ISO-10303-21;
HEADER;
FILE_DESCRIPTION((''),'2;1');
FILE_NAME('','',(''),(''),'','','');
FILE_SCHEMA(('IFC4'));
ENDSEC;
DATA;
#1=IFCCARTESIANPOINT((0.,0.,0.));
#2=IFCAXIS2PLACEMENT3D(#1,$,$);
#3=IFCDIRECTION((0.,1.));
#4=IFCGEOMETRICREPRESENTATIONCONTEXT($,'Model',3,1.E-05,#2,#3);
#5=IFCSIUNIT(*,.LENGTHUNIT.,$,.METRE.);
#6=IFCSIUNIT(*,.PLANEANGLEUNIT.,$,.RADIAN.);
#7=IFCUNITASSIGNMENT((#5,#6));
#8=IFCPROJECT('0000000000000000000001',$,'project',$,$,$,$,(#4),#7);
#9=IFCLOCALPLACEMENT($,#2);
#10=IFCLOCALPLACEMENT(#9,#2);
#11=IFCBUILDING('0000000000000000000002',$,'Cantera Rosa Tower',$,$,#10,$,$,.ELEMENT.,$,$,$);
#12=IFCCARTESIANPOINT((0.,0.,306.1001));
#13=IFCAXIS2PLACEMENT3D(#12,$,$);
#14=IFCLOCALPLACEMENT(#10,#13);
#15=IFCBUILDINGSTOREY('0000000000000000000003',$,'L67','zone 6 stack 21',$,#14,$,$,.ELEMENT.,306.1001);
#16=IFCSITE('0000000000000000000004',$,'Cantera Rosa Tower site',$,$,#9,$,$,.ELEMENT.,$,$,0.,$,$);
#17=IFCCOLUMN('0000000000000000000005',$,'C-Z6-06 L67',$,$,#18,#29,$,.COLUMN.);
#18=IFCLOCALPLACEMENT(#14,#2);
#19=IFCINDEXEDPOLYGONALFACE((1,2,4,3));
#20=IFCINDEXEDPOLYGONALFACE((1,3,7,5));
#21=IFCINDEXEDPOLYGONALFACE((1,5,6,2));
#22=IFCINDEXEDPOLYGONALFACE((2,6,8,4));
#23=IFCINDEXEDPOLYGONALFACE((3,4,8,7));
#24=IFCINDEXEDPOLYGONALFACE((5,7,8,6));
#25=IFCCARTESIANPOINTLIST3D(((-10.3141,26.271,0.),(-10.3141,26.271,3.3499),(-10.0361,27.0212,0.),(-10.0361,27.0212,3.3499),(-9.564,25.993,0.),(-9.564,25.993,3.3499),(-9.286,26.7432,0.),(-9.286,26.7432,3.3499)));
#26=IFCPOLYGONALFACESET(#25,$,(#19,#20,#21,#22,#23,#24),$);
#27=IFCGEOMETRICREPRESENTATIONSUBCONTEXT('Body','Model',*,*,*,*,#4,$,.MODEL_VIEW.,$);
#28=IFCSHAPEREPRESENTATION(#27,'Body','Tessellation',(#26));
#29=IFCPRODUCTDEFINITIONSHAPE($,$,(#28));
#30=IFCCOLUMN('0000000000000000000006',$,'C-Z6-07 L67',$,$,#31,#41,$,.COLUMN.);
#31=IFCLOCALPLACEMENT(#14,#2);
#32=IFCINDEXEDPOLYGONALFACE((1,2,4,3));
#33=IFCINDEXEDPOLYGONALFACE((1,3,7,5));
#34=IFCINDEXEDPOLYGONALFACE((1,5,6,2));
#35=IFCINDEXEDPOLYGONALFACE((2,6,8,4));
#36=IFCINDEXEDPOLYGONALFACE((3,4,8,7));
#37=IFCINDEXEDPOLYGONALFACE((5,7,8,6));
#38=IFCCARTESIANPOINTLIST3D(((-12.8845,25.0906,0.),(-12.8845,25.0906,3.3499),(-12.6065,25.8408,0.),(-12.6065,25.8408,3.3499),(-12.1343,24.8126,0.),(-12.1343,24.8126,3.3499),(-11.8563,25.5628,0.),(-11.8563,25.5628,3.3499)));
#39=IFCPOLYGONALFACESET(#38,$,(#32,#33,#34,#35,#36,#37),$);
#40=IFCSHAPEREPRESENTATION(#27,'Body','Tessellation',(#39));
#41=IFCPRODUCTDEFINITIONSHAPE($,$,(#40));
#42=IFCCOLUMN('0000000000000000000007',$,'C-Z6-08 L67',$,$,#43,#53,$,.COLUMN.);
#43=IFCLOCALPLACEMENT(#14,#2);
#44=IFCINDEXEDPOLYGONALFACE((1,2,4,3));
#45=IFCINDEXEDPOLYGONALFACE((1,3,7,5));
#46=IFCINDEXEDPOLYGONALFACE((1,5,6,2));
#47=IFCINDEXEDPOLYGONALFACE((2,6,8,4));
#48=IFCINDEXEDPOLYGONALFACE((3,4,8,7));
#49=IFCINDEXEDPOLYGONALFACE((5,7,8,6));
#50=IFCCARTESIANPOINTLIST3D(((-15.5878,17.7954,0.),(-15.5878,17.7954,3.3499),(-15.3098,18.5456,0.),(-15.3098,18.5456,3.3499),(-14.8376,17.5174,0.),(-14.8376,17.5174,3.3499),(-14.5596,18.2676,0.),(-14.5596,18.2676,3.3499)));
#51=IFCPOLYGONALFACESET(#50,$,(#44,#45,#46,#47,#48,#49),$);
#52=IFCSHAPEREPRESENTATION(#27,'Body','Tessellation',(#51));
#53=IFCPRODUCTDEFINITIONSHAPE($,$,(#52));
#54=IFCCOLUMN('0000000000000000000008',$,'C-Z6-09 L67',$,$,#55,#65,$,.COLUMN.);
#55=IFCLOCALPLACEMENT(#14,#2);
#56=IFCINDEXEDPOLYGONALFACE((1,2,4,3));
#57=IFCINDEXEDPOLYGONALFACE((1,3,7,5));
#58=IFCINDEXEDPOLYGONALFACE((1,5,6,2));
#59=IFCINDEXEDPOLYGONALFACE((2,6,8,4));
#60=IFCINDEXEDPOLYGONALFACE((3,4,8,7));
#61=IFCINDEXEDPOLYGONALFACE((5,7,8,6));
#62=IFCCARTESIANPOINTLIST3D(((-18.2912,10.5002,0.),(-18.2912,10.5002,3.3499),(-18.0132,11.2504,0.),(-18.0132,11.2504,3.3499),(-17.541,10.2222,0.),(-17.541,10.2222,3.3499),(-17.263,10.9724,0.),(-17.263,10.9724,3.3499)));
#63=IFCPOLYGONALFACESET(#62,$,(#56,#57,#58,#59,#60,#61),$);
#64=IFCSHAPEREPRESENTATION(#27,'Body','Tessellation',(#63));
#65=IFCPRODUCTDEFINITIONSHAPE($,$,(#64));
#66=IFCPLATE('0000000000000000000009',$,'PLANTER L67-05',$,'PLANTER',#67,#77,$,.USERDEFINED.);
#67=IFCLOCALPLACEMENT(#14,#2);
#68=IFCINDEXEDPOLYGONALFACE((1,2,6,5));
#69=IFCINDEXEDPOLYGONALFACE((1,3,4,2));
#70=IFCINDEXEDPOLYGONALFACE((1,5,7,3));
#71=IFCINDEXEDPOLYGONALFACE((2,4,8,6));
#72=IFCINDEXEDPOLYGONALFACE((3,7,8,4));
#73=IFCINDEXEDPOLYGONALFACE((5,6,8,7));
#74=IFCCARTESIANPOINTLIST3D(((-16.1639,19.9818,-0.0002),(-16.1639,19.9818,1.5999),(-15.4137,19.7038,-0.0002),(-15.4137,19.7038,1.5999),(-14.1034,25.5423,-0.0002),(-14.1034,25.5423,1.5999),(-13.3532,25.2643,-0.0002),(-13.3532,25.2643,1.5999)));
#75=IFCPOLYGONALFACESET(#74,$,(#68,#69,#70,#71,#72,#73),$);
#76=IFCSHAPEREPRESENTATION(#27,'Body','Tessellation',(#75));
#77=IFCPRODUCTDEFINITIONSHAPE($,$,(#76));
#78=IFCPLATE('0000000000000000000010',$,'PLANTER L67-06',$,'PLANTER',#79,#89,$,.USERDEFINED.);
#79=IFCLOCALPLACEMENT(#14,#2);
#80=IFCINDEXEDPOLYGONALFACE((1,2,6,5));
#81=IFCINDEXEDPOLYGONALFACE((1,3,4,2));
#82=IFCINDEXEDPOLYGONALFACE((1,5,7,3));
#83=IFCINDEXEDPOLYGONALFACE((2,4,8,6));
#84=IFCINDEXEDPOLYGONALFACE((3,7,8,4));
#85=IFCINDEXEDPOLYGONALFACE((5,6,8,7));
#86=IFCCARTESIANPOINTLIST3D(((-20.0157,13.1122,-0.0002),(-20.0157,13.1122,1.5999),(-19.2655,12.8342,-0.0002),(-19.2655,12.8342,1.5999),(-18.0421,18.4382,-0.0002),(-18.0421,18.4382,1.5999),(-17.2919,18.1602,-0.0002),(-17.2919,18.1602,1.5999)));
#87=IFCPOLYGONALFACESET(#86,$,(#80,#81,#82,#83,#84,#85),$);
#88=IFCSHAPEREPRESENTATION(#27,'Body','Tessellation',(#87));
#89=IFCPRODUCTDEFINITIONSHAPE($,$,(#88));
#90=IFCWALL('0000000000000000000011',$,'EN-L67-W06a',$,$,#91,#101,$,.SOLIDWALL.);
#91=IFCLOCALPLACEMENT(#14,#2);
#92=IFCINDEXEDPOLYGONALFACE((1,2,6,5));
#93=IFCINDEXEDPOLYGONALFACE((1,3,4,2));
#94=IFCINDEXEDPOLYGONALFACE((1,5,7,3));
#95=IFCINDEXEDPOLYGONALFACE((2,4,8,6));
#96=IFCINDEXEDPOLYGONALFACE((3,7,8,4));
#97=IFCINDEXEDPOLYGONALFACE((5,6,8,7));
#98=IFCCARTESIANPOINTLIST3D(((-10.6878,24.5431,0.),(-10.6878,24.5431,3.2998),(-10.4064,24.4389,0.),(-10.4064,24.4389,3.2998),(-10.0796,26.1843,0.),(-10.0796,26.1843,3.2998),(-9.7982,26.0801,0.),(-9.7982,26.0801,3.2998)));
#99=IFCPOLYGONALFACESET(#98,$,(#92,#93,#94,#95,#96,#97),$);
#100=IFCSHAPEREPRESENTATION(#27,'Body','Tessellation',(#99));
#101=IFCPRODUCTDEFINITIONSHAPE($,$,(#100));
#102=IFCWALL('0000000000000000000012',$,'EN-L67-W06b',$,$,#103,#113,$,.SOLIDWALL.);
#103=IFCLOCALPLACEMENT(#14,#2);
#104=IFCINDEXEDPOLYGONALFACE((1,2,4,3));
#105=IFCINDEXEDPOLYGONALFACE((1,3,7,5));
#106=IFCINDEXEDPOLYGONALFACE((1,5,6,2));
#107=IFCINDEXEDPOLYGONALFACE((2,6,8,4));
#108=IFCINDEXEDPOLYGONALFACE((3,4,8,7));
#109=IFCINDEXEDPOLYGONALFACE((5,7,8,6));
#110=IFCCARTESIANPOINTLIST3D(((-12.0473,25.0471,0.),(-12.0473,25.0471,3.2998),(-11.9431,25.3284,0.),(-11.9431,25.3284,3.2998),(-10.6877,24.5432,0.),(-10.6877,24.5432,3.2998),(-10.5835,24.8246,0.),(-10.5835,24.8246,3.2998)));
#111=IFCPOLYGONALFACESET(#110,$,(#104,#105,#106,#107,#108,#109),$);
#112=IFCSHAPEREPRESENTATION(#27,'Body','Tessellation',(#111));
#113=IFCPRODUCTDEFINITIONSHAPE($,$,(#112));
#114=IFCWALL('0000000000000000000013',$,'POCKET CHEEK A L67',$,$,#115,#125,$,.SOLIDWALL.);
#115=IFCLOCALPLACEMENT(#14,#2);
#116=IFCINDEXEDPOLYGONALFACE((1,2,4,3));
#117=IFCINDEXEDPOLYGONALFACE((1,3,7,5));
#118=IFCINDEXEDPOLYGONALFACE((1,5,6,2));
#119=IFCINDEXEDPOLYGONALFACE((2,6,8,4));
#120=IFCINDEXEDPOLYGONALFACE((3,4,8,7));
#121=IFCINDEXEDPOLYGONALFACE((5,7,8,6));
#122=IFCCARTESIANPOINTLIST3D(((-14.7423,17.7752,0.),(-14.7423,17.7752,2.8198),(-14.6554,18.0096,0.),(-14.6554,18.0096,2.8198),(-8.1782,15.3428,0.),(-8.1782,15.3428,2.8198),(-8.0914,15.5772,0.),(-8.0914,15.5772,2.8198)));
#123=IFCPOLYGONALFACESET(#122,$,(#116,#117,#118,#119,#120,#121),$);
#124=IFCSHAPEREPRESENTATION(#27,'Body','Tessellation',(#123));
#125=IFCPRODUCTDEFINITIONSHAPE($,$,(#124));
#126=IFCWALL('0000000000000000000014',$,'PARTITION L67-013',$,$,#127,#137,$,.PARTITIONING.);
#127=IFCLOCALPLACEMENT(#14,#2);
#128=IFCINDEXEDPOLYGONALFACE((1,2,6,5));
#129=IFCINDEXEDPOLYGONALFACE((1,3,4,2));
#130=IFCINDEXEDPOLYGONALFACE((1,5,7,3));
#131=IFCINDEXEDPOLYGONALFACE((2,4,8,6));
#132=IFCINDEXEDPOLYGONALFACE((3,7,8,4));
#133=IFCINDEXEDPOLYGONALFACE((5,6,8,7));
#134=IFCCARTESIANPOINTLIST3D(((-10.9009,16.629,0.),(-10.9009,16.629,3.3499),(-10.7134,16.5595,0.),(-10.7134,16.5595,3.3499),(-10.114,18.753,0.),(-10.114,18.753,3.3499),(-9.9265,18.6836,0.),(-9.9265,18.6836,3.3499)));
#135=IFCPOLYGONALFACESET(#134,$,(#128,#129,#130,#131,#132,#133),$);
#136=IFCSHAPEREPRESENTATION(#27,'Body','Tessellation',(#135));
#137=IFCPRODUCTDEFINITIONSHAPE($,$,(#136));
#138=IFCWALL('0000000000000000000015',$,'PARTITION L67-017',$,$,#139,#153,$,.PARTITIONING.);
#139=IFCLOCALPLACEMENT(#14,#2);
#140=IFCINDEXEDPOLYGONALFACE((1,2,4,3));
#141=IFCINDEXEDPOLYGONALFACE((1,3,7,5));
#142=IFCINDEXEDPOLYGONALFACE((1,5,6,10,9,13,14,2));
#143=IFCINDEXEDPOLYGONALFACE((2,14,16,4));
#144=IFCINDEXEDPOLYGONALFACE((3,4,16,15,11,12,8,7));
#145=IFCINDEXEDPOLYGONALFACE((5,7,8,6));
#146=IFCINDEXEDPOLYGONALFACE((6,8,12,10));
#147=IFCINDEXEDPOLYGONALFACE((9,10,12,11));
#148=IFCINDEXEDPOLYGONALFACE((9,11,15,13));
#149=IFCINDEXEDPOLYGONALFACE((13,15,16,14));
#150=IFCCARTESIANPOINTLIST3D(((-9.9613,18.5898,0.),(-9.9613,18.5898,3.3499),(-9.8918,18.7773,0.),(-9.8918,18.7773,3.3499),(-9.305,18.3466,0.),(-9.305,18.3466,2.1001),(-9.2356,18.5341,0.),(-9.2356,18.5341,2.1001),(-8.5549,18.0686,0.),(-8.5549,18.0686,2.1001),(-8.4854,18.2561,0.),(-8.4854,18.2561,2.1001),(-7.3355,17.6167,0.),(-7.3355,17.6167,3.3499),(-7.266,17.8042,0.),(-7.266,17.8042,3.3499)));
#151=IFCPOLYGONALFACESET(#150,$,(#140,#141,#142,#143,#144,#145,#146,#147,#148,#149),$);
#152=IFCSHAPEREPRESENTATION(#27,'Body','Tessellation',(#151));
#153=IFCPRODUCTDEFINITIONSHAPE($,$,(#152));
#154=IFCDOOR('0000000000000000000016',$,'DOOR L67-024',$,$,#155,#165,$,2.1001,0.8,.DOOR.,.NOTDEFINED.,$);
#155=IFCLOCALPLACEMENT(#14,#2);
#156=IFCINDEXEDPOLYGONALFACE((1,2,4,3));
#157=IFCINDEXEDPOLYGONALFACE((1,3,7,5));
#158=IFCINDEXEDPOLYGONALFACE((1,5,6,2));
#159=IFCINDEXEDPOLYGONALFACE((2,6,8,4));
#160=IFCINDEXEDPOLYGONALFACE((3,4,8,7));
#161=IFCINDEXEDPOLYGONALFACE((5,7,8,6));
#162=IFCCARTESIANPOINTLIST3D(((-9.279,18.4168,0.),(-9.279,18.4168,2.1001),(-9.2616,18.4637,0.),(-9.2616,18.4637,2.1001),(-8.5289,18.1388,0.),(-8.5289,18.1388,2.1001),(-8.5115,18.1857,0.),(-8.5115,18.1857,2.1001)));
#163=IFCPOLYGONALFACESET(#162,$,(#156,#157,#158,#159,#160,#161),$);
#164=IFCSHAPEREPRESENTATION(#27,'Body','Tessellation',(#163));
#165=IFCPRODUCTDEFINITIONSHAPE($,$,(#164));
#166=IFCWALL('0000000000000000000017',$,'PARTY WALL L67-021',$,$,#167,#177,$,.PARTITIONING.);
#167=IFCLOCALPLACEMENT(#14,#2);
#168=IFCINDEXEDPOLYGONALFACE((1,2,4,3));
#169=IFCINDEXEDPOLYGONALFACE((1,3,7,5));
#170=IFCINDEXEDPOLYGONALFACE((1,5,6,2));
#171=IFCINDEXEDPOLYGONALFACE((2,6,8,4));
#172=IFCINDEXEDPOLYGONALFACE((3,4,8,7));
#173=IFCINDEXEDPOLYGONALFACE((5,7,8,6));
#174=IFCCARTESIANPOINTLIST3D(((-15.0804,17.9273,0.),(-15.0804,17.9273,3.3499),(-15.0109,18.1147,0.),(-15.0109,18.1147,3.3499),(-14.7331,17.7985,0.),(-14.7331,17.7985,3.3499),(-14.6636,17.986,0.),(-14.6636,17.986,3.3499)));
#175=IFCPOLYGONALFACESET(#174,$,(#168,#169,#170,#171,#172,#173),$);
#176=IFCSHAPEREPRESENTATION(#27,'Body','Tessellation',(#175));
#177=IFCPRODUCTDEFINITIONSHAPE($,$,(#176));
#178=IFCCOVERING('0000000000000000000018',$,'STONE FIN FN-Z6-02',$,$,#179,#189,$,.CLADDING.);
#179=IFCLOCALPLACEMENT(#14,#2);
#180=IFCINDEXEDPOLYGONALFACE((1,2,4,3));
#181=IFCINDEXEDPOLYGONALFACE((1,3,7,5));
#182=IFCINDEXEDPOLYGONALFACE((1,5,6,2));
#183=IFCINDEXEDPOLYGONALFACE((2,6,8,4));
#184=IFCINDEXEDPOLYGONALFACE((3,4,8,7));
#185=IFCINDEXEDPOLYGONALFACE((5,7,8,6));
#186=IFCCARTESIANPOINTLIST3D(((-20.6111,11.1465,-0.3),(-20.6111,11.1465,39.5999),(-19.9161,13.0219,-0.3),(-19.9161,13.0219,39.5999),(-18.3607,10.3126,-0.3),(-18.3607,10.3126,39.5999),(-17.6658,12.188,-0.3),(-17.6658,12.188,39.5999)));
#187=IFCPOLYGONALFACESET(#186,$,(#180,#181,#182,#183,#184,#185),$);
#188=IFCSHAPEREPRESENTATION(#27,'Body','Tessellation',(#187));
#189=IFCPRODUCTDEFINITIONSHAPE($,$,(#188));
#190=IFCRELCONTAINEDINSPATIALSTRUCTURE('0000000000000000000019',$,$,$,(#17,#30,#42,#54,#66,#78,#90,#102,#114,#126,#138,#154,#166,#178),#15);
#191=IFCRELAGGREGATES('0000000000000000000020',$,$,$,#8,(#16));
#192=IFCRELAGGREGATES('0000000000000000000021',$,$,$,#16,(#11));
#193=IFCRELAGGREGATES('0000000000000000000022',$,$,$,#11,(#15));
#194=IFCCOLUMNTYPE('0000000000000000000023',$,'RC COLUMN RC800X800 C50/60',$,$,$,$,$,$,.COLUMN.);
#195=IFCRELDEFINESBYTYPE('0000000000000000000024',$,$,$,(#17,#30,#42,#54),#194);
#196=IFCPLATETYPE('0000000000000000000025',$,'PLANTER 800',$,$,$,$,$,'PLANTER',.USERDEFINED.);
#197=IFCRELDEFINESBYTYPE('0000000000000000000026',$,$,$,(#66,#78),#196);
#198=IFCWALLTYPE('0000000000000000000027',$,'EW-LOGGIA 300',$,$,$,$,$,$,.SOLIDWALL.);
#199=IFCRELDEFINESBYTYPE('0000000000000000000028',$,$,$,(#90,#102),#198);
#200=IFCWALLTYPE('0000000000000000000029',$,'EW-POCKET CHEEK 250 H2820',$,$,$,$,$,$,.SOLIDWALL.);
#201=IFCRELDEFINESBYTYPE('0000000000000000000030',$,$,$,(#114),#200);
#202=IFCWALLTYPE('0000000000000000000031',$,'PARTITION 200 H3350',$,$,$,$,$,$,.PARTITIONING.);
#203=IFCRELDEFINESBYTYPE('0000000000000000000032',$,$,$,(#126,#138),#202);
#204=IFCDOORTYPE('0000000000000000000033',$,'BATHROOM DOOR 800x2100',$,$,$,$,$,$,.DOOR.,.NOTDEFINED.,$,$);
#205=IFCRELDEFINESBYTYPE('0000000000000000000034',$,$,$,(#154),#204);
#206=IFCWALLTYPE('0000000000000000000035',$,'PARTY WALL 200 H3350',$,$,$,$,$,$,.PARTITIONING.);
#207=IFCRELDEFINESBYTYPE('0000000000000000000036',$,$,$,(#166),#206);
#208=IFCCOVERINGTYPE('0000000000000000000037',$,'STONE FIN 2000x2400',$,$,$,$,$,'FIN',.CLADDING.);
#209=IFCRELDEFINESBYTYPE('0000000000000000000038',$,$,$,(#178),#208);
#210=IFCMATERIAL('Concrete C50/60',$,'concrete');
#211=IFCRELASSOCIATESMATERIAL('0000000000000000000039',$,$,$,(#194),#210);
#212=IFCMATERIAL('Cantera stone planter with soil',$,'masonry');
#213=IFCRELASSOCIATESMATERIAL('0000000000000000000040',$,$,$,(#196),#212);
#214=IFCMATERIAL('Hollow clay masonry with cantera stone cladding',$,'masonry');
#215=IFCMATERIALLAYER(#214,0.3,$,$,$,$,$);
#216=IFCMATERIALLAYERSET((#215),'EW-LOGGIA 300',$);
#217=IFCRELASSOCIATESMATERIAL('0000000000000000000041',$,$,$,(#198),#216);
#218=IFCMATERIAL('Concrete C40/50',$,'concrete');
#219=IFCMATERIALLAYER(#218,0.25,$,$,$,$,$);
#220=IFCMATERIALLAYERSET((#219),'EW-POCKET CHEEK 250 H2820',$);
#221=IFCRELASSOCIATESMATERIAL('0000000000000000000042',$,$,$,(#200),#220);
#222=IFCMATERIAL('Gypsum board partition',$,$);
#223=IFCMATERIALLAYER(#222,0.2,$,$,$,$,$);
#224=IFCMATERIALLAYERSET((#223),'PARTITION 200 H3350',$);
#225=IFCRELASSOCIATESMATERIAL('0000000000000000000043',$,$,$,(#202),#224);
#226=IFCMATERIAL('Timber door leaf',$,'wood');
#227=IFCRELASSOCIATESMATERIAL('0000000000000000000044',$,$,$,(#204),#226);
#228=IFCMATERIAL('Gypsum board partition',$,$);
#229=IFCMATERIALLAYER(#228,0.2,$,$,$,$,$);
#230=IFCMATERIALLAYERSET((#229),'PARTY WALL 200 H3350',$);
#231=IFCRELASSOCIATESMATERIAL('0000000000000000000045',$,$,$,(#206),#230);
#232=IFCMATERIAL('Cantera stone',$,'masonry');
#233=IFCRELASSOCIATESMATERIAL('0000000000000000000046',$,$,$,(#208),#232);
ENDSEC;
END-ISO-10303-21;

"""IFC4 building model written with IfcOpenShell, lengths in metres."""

from ifc_helpers import new_model, si_unit, direction, frame, frame_2d, origin, origin_2d, place, context, subcontext, project, spatial, rectangle, extrude, material, layer, layer_set, material_profile, profile_set, type_object, element, fill, save


model = new_model("IFC4")

# Units and contexts
model_context = context("Model", 3, precision=1e-05, world=origin(), true_north=direction((0.0, 1.0)))
body_context = subcontext(model_context, "Body", "Model", "MODEL_VIEW")
ifc_project = project(units=[si_unit("LENGTHUNIT", "METRE"), si_unit("PLANEANGLEUNIT", "RADIAN")], contexts=[model_context])

# Site, building, storey
site_placement = place(None, origin())
site = spatial("IfcSite", under=ifc_project, at=site_placement, Name="Cantera Rosa Tower site", CompositionType="ELEMENT", RefElevation=0.0)
building_placement = place(site_placement, origin())
building = spatial("IfcBuilding", under=site, at=building_placement, Name="Cantera Rosa Tower", CompositionType="ELEMENT")
storey_placement = place(building_placement, frame((0.0, 0.0, 306.1001)))
storey = spatial("IfcBuildingStorey", under=building, at=storey_placement, Name="L67", Description="zone 6 stack 21", CompositionType="ELEMENT", Elevation=306.1001)

# Columns
ifc_material_1 = material(Name="Concrete C50/60", Category="concrete")
ifc_material_profile = material_profile(ifc_material_1, rectangle(XDim=0.8, YDim=0.8, at=origin_2d()), Name="RC COLUMN RC800X800 C50/60")
ifc_profile_set = profile_set([ifc_material_profile], Name="Concrete C50/60")
column_type = type_object("IfcColumnType", Name="RC COLUMN RC800X800 C50/60", PredefinedType="COLUMN", material=ifc_profile_set)
for number, where, z_axis, x_axis, name in (
    (1, (-9.8, 26.5071, 0.0), (0.0, 0.0, 1.0), (0.347481, 0.937687, 0.0), "C-Z6-06 L67"),
    (2, (-12.3704, 25.3267, 0.0), (0.0, 0.0, 1.0), (0.347481, 0.937687, 0.0), "C-Z6-07 L67"),
    (3, (-15.0737, 18.0315, 0.0), (0.0, 0.0, 1.0), (0.347481, 0.937687, 0.0), "C-Z6-08 L67"),
    (4, (-17.7771, 10.7363, 0.0), (0.0, 0.0, 1.0), (0.347481, 0.937687, 0.0), "C-Z6-09 L67"),
):
    element("IfcColumn", number, at=place(storey_placement, frame(where, z_axis=z_axis, x_axis=x_axis)), inside=storey, type_object=column_type, Name=name, PredefinedType="COLUMN", context=body_context, shape_type="SweptSolid", body=[
        extrude(rectangle(XDim=0.8, YDim=0.8, at=origin_2d()), origin(), (0.0, 0.0, 1.0), 3.3499),
    ])

# Plates
ifc_material_2 = material(Name="Cantera stone planter with soil", Category="masonry")
plate_type = type_object("IfcPlateType", Name="PLANTER 800", ElementType="PLANTER", PredefinedType="USERDEFINED", material=ifc_material_2)
plate_1_placement = place(storey_placement, frame((-14.7585, 22.623, -0.0002), z_axis=(0.0, 0.0, 1.0), x_axis=(-0.347481, -0.937687, 0.0)))
element("IfcPlate", 5, at=plate_1_placement, inside=storey, type_object=plate_type, Name="PLANTER L67-05", ObjectType="PLANTER", PredefinedType="USERDEFINED", context=body_context, shape_type="SweptSolid", body=[
    extrude(rectangle(XDim=5.9299, YDim=0.8, at=origin_2d()), origin(), (0.0, 0.0, 1.0), 1.6001),
])
plate_2_placement = place(storey_placement, frame((-18.6538, 15.6362, -0.0002), z_axis=(0.0, 0.0, 1.0), x_axis=(-0.347481, -0.937687, 0.0)))
element("IfcPlate", 6, at=plate_2_placement, inside=storey, type_object=plate_type, Name="PLANTER L67-06", ObjectType="PLANTER", PredefinedType="USERDEFINED", context=body_context, shape_type="SweptSolid", body=[
    extrude(rectangle(XDim=5.6799, YDim=0.8, at=origin_2d()), origin(), (0.0, 0.0, 1.0), 1.6001),
])

# Walls
ifc_material_3 = material(Name="Hollow clay masonry with cantera stone cladding", Category="masonry")
ifc_layer_1 = layer(ifc_material_3, 0.3)
ifc_layer_set_1 = layer_set([ifc_layer_1], Name="EW-LOGGIA 300")
wall_type_1 = type_object("IfcWallType", Name="EW-LOGGIA 300", PredefinedType="SOLIDWALL", material=ifc_layer_set_1)
wall_1_placement = place(storey_placement, frame((-9.939, 26.1321, 0.0), z_axis=(0.0, 0.0, 1.0), x_axis=(-0.347482, -0.937686, 0.0)))
element("IfcWall", 7, at=wall_1_placement, inside=storey, type_object=wall_type_1, Name="EN-L67-W06a", PredefinedType="SOLIDWALL", context=body_context, shape_type="SweptSolid", body=[
    extrude(rectangle(XDim=1.7502, YDim=0.3, at=frame_2d((0.875, 0.0))), origin(), (0.0, 0.0, 1.0), 3.2998),
])
wall_2_placement = place(storey_placement, frame((-10.6355, 24.6838, 0.0), z_axis=(0.0, 0.0, 1.0), x_axis=(-0.937672, 0.347523, 0.0)))
element("IfcWall", 8, at=wall_2_placement, inside=storey, type_object=wall_type_1, Name="EN-L67-W06b", PredefinedType="SOLIDWALL", context=body_context, shape_type="SweptSolid", body=[
    extrude(rectangle(XDim=1.45, YDim=0.3, at=frame_2d((0.7251, 0.0))), origin(), (0.0, 0.0, 1.0), 3.2998),
])

# Wall
ifc_material_4 = material(Name="Concrete C40/50", Category="concrete")
ifc_layer_2 = layer(ifc_material_4, 0.25)
ifc_layer_set_2 = layer_set([ifc_layer_2], Name="EW-POCKET CHEEK 250 H2820")
wall_type_2 = type_object("IfcWallType", Name="EW-POCKET CHEEK 250 H2820", PredefinedType="SOLIDWALL", material=ifc_layer_set_2)
wall_3_placement = place(storey_placement, frame((-14.6987, 17.8923, 0.0), z_axis=(0.0, 0.0, 1.0), x_axis=(0.937689, -0.347475, 0.0)))
element("IfcWall", 9, at=wall_3_placement, inside=storey, type_object=wall_type_2, Name="POCKET CHEEK A L67", PredefinedType="SOLIDWALL", context=body_context, shape_type="SweptSolid", body=[
    extrude(rectangle(XDim=7.0002, YDim=0.25, at=frame_2d((3.5, 0.0))), origin(), (0.0, 0.0, 1.0), 2.8198),
])

# Wall
ifc_material_5 = material(Name="Gypsum board partition")
ifc_layer_3 = layer(ifc_material_5, 0.2)
ifc_layer_set_3 = layer_set([ifc_layer_3], Name="PARTITION 200 H3350")
wall_type_3 = type_object("IfcWallType", Name="PARTITION 200 H3350", PredefinedType="PARTITIONING", material=ifc_layer_set_3)
wall_4_placement = place(storey_placement, frame((-10.8071, 16.5942, 0.0), z_axis=(0.0, 0.0, 1.0), x_axis=(0.347388, 0.937721, 0.0)))
element("IfcWall", 10, at=wall_4_placement, inside=storey, type_object=wall_type_3, Name="PARTITION L67-013", PredefinedType="PARTITIONING", context=body_context, shape_type="SweptSolid", body=[
    extrude(rectangle(XDim=2.2651, YDim=0.2, at=frame_2d((1.1326, 0.0))), origin(), (0.0, 0.0, 1.0), 3.3499),
])

# Wall, opening, door
wall_5_placement = place(storey_placement, frame((-9.9265, 18.6836, 0.0), z_axis=(0.0, 0.0, 1.0), x_axis=(0.937673, -0.347519, 0.0)))
wall_5 = element("IfcWall", 11, at=wall_5_placement, inside=storey, type_object=wall_type_3, Name="PARTITION L67-017", PredefinedType="PARTITIONING", context=body_context, shape_type="SweptSolid", body=[
    extrude(rectangle(XDim=2.8003, YDim=0.2, at=frame_2d((1.4001, 0.0))), origin(), (0.0, 0.0, 1.0), 3.3499),
])
opening_1_placement = place(wall_5_placement, frame((0.7, 0.0, 0.0)))
opening_1 = element("IfcOpeningElement", 12, at=opening_1_placement, cuts=wall_5, PredefinedType="OPENING", context=body_context, shape_type="SweptSolid", body=[
    extrude(rectangle(XDim=0.8, YDim=2.1001, at=frame_2d((0.3999, 1.05))), frame((0.0, 0.1099, 0.0), z_axis=(0.0, -1.0, 0.0), x_axis=(1.0, 0.0, 0.0)), (0.0, 0.0, 1.0), 0.22),
])
ifc_material_6 = material(Name="Timber door leaf", Category="wood")
door_type_1 = type_object("IfcDoorType", Name="BATHROOM DOOR 800x2100", OperationType="NOTDEFINED", PredefinedType="DOOR", material=ifc_material_6)
door_1_placement = place(opening_1_placement, origin())
door_1 = element("IfcDoor", 13, at=door_1_placement, inside=storey, type_object=door_type_1, Name="DOOR L67-024", OperationType="NOTDEFINED", OverallHeight=2.1001, OverallWidth=0.8, PredefinedType="DOOR", context=body_context, shape_type="SweptSolid", body=[
    extrude(rectangle(XDim=0.8, YDim=2.1001, at=frame_2d((0.3999, 1.05))), frame((0.0, 0.0249, 0.0), z_axis=(0.0, -1.0, 0.0), x_axis=(1.0, 0.0, 0.0)), (0.0, 0.0, 1.0), 0.05),
])
fill(opening_1, door_1)

# Wall
ifc_material_7 = material(Name="Gypsum board partition")
ifc_layer_4 = layer(ifc_material_7, 0.2)
ifc_layer_set_4 = layer_set([ifc_layer_4], Name="PARTY WALL 200 H3350")
wall_type_4 = type_object("IfcWallType", Name="PARTY WALL 200 H3350", PredefinedType="PARTITIONING", material=ifc_layer_set_4)
wall_6_placement = place(storey_placement, frame((-14.6985, 17.8923, 0.0), z_axis=(0.0, 0.0, 1.0), x_axis=(-0.937677, 0.347508, 0.0)))
element("IfcWall", 14, at=wall_6_placement, inside=storey, type_object=wall_type_4, Name="PARTY WALL L67-021", PredefinedType="PARTITIONING", context=body_context, shape_type="SweptSolid", body=[
    extrude(rectangle(XDim=0.3704, YDim=0.2, at=frame_2d((0.1851, 0.0))), origin(), (0.0, 0.0, 1.0), 3.3499),
])

# Covering
ifc_material_8 = material(Name="Cantera stone", Category="masonry")
covering_type = type_object("IfcCoveringType", Name="STONE FIN 2000x2400", ElementType="FIN", PredefinedType="CLADDING", material=ifc_material_8)
covering_placement = place(storey_placement, frame((-19.1384, 11.6672, -0.3), z_axis=(0.0, 0.0, 1.0), x_axis=(-0.347481, -0.937687, 0.0)))
element("IfcCovering", 15, at=covering_placement, inside=storey, type_object=covering_type, Name="STONE FIN FN-Z6-02", PredefinedType="CLADDING", context=body_context, shape_type="SweptSolid", body=[
    extrude(rectangle(XDim=2.0, YDim=2.3999, at=origin_2d()), origin(), (0.0, 0.0, 1.0), 39.8999),
])

save(model, "model.ifc")
